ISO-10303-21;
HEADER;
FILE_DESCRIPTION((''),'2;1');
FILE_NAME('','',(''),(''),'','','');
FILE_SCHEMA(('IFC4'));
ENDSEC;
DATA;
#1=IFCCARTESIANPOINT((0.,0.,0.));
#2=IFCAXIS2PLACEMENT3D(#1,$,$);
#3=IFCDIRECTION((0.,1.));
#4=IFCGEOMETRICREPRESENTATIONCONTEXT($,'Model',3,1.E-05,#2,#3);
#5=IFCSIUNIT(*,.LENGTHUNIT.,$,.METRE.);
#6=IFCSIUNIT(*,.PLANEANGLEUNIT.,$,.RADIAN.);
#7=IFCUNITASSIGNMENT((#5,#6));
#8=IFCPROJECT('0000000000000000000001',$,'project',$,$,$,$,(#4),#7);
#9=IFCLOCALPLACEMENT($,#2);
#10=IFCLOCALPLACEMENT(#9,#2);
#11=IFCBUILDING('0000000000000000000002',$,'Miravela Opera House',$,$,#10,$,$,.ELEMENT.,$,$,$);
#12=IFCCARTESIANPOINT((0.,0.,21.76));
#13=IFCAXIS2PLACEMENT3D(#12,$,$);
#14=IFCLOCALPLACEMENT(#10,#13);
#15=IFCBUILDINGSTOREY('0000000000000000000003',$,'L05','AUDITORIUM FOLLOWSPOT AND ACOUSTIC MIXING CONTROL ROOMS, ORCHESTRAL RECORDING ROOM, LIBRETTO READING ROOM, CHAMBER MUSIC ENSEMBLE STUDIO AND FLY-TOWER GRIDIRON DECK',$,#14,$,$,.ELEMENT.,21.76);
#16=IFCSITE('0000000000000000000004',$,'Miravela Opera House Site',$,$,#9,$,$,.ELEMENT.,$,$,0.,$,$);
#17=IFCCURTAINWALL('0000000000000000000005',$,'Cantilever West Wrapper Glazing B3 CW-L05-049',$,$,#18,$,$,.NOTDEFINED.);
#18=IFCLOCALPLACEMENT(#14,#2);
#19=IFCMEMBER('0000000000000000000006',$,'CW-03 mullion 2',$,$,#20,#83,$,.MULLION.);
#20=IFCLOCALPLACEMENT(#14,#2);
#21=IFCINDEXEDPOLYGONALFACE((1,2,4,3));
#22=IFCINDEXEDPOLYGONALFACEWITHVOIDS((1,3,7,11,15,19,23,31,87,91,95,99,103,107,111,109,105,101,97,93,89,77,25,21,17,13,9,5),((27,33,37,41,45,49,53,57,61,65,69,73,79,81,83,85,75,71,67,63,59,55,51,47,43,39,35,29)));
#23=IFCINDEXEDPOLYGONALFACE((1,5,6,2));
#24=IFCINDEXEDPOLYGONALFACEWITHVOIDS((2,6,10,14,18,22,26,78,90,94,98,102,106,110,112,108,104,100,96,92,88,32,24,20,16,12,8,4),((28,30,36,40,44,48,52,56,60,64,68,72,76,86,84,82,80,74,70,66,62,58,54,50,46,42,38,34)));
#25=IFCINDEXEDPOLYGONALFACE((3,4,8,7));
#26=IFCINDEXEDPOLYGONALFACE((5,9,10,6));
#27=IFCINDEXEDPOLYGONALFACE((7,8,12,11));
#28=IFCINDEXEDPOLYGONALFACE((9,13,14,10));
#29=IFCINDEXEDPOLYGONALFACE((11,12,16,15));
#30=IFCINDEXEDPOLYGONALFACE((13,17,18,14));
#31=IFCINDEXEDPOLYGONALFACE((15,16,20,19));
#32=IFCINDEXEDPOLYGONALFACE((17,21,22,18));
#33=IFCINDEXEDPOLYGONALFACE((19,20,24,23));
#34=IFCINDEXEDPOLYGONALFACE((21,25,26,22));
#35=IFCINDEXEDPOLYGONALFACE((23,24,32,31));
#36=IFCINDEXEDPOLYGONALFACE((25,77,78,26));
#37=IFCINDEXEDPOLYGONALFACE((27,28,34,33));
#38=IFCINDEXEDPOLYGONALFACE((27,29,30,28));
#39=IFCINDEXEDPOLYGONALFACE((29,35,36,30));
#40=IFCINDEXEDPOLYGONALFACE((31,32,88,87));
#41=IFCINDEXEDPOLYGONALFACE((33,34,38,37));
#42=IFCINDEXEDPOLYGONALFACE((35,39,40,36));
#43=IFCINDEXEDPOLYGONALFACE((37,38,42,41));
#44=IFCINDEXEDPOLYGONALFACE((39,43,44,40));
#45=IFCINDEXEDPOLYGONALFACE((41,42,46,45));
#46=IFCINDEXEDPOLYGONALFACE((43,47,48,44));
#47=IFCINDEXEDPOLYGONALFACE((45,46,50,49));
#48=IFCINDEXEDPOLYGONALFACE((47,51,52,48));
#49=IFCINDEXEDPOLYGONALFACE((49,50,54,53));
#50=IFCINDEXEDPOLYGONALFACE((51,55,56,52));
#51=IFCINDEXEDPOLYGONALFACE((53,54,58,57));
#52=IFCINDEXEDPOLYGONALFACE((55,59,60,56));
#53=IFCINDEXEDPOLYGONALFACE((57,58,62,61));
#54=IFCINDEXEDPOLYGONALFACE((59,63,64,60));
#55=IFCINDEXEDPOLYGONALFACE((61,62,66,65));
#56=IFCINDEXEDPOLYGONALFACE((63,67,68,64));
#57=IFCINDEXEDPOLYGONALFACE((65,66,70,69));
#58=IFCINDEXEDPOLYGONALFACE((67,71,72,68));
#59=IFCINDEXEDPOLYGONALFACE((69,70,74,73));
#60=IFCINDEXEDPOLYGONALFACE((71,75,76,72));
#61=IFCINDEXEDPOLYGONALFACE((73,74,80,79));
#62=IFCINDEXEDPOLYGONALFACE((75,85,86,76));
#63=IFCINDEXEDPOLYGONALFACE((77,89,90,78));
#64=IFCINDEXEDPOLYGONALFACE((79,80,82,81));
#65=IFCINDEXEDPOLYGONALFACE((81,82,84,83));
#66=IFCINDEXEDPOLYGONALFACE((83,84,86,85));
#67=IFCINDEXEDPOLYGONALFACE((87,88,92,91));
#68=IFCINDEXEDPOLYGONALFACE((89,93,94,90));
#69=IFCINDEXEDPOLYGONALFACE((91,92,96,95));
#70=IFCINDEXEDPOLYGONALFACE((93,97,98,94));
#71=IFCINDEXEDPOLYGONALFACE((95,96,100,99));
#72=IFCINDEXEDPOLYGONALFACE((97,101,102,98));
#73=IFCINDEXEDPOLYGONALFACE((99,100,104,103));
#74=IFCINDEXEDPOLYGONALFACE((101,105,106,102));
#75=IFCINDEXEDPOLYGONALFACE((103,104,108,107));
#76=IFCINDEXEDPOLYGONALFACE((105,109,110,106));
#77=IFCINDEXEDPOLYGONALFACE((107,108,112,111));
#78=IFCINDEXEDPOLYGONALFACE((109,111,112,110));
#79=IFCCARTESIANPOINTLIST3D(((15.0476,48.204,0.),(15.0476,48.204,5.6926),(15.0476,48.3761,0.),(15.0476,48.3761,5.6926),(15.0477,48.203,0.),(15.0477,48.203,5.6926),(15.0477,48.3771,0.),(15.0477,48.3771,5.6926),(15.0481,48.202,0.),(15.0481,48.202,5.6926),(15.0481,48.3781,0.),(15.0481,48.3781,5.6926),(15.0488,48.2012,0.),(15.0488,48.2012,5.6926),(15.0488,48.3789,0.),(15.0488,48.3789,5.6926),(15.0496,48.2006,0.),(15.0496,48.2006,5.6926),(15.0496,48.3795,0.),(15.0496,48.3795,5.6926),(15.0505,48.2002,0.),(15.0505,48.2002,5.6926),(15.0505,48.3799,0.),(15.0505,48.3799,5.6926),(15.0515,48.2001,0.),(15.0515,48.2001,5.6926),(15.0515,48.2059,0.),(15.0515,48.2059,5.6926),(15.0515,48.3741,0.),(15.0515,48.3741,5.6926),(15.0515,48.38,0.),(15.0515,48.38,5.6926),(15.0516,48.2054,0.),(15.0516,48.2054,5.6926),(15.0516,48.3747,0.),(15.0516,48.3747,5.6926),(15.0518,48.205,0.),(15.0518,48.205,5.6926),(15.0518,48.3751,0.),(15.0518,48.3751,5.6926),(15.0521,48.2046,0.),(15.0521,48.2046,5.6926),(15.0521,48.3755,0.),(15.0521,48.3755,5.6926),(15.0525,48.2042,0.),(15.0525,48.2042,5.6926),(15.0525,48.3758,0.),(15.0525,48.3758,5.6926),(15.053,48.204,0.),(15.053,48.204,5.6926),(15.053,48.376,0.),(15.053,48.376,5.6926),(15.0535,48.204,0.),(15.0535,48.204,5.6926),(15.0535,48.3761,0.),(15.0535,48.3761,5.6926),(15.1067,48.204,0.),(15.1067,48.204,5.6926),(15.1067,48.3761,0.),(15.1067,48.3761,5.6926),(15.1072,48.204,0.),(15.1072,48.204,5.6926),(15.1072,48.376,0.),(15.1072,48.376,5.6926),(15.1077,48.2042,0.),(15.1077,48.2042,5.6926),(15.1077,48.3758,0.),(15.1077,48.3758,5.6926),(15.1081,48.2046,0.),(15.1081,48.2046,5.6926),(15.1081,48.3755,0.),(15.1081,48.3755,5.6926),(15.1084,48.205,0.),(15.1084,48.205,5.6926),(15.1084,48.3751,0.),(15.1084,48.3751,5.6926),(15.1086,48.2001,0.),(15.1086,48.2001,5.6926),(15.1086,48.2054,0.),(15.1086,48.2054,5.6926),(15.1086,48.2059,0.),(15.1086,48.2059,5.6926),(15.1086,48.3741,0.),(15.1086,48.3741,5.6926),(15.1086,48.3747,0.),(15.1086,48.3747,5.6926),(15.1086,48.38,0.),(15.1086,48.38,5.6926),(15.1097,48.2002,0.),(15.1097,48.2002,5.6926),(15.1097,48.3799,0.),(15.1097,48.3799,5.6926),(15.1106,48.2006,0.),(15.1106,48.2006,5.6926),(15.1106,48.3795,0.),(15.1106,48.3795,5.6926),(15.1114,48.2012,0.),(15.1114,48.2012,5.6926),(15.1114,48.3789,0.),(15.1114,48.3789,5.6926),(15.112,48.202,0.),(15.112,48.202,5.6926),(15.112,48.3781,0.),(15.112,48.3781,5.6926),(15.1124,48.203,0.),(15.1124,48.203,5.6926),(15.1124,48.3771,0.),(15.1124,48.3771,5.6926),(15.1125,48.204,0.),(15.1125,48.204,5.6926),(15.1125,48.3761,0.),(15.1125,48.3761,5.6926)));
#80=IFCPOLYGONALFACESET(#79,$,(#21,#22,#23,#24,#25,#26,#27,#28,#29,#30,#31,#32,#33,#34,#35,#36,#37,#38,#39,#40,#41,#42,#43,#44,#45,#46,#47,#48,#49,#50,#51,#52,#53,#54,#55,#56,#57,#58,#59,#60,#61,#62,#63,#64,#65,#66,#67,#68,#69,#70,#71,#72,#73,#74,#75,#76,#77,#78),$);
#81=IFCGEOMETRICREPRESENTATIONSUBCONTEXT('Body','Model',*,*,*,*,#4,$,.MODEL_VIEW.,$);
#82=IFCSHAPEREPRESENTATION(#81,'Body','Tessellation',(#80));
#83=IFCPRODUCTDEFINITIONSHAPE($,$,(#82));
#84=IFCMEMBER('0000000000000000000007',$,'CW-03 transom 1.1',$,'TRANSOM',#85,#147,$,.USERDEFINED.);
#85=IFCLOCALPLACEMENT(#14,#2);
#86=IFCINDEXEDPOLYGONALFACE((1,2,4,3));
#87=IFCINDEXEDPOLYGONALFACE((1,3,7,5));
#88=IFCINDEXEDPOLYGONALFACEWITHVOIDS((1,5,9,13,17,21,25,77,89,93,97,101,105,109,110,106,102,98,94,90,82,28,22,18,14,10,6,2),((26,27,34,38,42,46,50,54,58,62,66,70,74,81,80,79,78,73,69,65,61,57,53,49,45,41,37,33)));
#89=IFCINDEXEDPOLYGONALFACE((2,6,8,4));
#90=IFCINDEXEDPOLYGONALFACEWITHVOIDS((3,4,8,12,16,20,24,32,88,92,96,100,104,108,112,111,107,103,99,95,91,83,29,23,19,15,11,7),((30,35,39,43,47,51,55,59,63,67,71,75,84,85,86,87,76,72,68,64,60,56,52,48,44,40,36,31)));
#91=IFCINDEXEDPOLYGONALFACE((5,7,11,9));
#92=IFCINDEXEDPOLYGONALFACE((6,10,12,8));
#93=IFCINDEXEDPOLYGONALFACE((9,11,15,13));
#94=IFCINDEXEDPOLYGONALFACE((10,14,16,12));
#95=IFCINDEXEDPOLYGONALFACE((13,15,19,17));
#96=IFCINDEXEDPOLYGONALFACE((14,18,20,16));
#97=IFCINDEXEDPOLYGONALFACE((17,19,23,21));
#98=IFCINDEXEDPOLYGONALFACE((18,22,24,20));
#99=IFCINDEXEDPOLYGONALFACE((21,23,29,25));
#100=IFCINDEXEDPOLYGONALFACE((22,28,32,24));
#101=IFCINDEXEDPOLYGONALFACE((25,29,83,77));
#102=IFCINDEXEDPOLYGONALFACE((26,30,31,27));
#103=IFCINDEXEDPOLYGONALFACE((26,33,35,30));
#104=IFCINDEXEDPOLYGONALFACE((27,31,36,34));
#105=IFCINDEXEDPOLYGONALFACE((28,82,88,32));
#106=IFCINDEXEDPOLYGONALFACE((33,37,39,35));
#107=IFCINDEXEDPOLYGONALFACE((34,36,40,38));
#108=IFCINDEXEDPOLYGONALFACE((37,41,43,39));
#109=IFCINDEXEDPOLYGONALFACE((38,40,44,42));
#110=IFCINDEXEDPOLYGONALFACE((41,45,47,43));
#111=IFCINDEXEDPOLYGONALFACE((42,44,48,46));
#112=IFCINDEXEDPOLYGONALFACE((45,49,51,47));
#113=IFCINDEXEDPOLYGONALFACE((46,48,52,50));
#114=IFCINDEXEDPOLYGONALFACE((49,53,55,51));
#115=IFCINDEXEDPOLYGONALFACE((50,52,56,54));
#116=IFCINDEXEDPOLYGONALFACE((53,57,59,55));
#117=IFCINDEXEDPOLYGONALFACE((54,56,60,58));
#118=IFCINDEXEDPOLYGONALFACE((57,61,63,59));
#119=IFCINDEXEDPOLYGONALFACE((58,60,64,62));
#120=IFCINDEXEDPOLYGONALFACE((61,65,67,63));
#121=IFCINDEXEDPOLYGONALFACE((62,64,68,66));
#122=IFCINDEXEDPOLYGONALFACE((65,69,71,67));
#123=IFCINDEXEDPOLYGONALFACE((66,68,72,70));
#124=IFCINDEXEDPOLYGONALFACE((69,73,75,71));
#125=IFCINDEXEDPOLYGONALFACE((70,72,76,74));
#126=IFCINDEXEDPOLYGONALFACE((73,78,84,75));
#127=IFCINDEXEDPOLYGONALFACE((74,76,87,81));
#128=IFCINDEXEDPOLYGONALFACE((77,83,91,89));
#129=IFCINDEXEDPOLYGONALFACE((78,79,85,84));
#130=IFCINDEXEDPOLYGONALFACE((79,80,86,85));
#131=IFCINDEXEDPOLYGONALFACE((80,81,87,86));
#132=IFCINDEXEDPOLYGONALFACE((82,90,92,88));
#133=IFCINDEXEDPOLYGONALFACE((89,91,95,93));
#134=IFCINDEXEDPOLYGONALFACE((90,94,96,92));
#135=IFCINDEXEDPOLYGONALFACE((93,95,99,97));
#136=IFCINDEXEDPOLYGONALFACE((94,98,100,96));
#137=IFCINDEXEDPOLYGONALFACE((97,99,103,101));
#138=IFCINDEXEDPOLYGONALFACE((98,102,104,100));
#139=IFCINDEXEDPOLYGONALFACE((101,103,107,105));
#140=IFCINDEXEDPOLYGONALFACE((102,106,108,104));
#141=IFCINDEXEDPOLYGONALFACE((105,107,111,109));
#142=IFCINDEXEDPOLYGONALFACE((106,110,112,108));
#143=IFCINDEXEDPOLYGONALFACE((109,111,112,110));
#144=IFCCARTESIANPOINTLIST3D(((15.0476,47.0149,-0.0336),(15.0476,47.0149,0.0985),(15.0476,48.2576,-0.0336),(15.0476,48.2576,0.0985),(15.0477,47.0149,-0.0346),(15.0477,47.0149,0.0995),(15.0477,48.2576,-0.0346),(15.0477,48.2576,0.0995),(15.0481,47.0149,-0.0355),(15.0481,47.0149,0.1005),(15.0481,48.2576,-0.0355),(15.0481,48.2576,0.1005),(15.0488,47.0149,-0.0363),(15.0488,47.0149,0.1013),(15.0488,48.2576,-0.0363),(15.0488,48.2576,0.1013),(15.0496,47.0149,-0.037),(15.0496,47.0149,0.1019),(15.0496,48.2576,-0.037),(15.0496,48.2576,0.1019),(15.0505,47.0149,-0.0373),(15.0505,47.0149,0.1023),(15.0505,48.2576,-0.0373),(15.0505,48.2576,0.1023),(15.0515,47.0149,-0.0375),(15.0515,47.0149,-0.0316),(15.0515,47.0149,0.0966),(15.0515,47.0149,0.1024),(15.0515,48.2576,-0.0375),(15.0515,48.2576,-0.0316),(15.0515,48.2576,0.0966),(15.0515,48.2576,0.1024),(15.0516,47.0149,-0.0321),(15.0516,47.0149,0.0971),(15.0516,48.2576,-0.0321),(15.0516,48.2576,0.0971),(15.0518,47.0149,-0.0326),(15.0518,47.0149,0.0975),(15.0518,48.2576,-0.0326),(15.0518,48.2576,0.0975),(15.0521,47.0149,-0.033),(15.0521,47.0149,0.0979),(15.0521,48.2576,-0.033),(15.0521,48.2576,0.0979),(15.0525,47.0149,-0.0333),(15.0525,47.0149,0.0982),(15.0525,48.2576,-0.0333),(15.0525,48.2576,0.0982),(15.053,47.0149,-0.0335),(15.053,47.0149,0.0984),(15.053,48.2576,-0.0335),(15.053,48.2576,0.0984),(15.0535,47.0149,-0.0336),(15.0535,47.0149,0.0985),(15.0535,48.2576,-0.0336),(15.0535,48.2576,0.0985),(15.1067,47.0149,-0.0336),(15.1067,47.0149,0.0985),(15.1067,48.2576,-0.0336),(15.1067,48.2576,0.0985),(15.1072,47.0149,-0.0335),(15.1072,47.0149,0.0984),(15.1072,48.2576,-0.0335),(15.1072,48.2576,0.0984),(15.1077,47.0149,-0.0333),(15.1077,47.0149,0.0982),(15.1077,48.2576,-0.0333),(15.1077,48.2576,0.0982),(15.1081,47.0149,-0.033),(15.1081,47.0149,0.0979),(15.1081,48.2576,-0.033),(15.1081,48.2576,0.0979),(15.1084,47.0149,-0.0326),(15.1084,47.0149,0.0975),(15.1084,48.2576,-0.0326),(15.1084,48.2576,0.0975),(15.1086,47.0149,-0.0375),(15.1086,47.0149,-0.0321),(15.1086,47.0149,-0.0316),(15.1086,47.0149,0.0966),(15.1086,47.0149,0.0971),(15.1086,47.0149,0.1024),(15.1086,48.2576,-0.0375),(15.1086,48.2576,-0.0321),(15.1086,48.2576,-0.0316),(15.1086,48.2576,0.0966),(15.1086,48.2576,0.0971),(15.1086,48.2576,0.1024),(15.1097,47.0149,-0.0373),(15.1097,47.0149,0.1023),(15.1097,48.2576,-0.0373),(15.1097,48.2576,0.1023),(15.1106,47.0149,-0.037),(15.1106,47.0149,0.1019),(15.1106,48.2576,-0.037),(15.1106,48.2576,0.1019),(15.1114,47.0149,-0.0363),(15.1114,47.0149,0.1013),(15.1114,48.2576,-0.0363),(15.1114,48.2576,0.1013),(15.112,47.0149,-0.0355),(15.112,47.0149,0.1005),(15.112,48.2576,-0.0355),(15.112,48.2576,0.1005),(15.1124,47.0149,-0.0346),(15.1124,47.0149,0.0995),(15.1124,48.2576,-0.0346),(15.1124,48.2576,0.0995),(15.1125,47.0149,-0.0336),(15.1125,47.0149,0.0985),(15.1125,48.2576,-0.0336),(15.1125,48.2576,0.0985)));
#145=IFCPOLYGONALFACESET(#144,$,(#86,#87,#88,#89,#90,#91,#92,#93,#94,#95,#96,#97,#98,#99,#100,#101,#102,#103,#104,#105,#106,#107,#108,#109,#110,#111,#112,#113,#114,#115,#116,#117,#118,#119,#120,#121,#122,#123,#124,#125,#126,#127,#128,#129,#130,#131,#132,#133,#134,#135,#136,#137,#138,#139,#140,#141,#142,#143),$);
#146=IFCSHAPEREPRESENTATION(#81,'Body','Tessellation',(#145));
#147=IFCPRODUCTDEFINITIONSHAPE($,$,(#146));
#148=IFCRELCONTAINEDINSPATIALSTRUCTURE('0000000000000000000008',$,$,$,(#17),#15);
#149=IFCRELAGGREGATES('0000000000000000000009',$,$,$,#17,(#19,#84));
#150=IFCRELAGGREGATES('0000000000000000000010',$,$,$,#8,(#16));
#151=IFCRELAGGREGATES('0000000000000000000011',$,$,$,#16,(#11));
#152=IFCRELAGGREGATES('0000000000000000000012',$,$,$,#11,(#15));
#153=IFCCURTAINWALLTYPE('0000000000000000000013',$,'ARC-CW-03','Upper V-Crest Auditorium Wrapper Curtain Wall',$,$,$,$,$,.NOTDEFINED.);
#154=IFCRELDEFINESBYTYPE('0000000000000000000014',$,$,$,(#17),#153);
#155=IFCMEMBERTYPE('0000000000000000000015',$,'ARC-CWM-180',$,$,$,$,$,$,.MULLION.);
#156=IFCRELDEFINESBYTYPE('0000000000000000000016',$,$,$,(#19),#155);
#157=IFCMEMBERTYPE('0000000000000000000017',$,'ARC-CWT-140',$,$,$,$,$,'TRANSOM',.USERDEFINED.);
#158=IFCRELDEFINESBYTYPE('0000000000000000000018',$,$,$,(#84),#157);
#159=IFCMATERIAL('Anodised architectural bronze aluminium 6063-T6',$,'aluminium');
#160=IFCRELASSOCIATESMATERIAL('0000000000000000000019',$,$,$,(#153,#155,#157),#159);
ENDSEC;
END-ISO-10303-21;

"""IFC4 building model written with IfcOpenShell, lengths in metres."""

from ifc_helpers import new_model, si_unit, direction, frame, origin, origin_2d, place, context, subcontext, project, spatial, hollow_rectangle, extrude, material, material_profile, profile_set, type_object, element, aggregate, save


model = new_model("IFC4")

# Units and contexts
model_context = context("Model", 3, precision=1e-05, world=origin(), true_north=direction((0.0, 1.0)))
body_context = subcontext(model_context, "Body", "Model", "MODEL_VIEW")
ifc_project = project(units=[si_unit("LENGTHUNIT", "METRE"), si_unit("PLANEANGLEUNIT", "RADIAN")], contexts=[model_context])

# Site, building, storey
site_placement = place(None, origin())
site = spatial("IfcSite", under=ifc_project, at=site_placement, Name="Miravela Opera House Site", CompositionType="ELEMENT", RefElevation=0.0)
building_placement = place(site_placement, origin())
building = spatial("IfcBuilding", under=site, at=building_placement, Name="Miravela Opera House", CompositionType="ELEMENT")
storey_placement = place(building_placement, frame((0.0, 0.0, 21.76)))
storey = spatial("IfcBuildingStorey", under=building, at=storey_placement, Name="L05", Description="AUDITORIUM FOLLOWSPOT AND ACOUSTIC MIXING CONTROL ROOMS, ORCHESTRAL RECORDING ROOM, LIBRETTO READING ROOM, CHAMBER MUSIC ENSEMBLE STUDIO AND FLY-TOWER GRIDIRON DECK", CompositionType="ELEMENT", Elevation=21.76)

# Shared definitions
ifc_material_1 = material(Name="Anodised architectural bronze aluminium 6063-T6", Category="aluminium")
curtain_wall_type = type_object("IfcCurtainWallType", Name="ARC-CW-03", Description="Upper V-Crest Auditorium Wrapper Curtain Wall", PredefinedType="NOTDEFINED", material=ifc_material_1)
ifc_material_profile_1 = material_profile(ifc_material_1, hollow_rectangle(XDim=0.0649, YDim=0.1799, WallThickness=0.0039, InnerFilletRadius=0.002, OuterFilletRadius=0.0039, at=origin_2d()), Name="CWM-65X180")
ifc_profile_set_1 = profile_set([ifc_material_profile_1])
member_type_1 = type_object("IfcMemberType", Name="ARC-CWM-180", PredefinedType="MULLION", material=ifc_profile_set_1)

# Curtain wall, members
curtain_wall_1_placement = place(storey_placement, origin())
curtain_wall_1 = element("IfcCurtainWall", 1, at=curtain_wall_1_placement, inside=storey, type_object=curtain_wall_type, Name="Cantilever West Wrapper Glazing B3 CW-L05-049", PredefinedType="NOTDEFINED")
member_1_placement = place(storey_placement, frame((15.0801, 48.29, 0.0), z_axis=(0.0, 0.0, 1.0), x_axis=(-1.0, 0.0, 0.0)))
member_1 = element("IfcMember", 2, at=member_1_placement, type_object=member_type_1, Name="CW-03 mullion 2", PredefinedType="MULLION", context=body_context, shape_type="SweptSolid", body=[
    extrude(hollow_rectangle(XDim=0.0649, YDim=0.1799, WallThickness=0.0039, InnerFilletRadius=0.002, OuterFilletRadius=0.0039, at=origin_2d()), origin(), (0.0, 0.0, 1.0), 5.6926),
])
ifc_material_profile_2 = material_profile(ifc_material_1, hollow_rectangle(XDim=0.0649, YDim=0.1399, WallThickness=0.0039, InnerFilletRadius=0.002, OuterFilletRadius=0.0039, at=origin_2d()), Name="CWT-65X140")
ifc_profile_set_2 = profile_set([ifc_material_profile_2])
member_type_2 = type_object("IfcMemberType", Name="ARC-CWT-140", ElementType="TRANSOM", PredefinedType="USERDEFINED", material=ifc_profile_set_2)
member_2_placement = place(storey_placement, frame((15.0801, 47.0149, 0.0325), z_axis=(0.0, 1.0, 0.0), x_axis=(-1.0, 0.0, 0.0)))
member_2 = element("IfcMember", 3, at=member_2_placement, type_object=member_type_2, Name="CW-03 transom 1.1", ObjectType="TRANSOM", PredefinedType="USERDEFINED", context=body_context, shape_type="SweptSolid", body=[
    extrude(hollow_rectangle(XDim=0.0649, YDim=0.1399, WallThickness=0.0039, InnerFilletRadius=0.002, OuterFilletRadius=0.0039, at=origin_2d()), origin(), (0.0, 0.0, 1.0), 1.2427),
])

aggregate(curtain_wall_1, [member_1, member_2])

save(model, "model.ifc")
